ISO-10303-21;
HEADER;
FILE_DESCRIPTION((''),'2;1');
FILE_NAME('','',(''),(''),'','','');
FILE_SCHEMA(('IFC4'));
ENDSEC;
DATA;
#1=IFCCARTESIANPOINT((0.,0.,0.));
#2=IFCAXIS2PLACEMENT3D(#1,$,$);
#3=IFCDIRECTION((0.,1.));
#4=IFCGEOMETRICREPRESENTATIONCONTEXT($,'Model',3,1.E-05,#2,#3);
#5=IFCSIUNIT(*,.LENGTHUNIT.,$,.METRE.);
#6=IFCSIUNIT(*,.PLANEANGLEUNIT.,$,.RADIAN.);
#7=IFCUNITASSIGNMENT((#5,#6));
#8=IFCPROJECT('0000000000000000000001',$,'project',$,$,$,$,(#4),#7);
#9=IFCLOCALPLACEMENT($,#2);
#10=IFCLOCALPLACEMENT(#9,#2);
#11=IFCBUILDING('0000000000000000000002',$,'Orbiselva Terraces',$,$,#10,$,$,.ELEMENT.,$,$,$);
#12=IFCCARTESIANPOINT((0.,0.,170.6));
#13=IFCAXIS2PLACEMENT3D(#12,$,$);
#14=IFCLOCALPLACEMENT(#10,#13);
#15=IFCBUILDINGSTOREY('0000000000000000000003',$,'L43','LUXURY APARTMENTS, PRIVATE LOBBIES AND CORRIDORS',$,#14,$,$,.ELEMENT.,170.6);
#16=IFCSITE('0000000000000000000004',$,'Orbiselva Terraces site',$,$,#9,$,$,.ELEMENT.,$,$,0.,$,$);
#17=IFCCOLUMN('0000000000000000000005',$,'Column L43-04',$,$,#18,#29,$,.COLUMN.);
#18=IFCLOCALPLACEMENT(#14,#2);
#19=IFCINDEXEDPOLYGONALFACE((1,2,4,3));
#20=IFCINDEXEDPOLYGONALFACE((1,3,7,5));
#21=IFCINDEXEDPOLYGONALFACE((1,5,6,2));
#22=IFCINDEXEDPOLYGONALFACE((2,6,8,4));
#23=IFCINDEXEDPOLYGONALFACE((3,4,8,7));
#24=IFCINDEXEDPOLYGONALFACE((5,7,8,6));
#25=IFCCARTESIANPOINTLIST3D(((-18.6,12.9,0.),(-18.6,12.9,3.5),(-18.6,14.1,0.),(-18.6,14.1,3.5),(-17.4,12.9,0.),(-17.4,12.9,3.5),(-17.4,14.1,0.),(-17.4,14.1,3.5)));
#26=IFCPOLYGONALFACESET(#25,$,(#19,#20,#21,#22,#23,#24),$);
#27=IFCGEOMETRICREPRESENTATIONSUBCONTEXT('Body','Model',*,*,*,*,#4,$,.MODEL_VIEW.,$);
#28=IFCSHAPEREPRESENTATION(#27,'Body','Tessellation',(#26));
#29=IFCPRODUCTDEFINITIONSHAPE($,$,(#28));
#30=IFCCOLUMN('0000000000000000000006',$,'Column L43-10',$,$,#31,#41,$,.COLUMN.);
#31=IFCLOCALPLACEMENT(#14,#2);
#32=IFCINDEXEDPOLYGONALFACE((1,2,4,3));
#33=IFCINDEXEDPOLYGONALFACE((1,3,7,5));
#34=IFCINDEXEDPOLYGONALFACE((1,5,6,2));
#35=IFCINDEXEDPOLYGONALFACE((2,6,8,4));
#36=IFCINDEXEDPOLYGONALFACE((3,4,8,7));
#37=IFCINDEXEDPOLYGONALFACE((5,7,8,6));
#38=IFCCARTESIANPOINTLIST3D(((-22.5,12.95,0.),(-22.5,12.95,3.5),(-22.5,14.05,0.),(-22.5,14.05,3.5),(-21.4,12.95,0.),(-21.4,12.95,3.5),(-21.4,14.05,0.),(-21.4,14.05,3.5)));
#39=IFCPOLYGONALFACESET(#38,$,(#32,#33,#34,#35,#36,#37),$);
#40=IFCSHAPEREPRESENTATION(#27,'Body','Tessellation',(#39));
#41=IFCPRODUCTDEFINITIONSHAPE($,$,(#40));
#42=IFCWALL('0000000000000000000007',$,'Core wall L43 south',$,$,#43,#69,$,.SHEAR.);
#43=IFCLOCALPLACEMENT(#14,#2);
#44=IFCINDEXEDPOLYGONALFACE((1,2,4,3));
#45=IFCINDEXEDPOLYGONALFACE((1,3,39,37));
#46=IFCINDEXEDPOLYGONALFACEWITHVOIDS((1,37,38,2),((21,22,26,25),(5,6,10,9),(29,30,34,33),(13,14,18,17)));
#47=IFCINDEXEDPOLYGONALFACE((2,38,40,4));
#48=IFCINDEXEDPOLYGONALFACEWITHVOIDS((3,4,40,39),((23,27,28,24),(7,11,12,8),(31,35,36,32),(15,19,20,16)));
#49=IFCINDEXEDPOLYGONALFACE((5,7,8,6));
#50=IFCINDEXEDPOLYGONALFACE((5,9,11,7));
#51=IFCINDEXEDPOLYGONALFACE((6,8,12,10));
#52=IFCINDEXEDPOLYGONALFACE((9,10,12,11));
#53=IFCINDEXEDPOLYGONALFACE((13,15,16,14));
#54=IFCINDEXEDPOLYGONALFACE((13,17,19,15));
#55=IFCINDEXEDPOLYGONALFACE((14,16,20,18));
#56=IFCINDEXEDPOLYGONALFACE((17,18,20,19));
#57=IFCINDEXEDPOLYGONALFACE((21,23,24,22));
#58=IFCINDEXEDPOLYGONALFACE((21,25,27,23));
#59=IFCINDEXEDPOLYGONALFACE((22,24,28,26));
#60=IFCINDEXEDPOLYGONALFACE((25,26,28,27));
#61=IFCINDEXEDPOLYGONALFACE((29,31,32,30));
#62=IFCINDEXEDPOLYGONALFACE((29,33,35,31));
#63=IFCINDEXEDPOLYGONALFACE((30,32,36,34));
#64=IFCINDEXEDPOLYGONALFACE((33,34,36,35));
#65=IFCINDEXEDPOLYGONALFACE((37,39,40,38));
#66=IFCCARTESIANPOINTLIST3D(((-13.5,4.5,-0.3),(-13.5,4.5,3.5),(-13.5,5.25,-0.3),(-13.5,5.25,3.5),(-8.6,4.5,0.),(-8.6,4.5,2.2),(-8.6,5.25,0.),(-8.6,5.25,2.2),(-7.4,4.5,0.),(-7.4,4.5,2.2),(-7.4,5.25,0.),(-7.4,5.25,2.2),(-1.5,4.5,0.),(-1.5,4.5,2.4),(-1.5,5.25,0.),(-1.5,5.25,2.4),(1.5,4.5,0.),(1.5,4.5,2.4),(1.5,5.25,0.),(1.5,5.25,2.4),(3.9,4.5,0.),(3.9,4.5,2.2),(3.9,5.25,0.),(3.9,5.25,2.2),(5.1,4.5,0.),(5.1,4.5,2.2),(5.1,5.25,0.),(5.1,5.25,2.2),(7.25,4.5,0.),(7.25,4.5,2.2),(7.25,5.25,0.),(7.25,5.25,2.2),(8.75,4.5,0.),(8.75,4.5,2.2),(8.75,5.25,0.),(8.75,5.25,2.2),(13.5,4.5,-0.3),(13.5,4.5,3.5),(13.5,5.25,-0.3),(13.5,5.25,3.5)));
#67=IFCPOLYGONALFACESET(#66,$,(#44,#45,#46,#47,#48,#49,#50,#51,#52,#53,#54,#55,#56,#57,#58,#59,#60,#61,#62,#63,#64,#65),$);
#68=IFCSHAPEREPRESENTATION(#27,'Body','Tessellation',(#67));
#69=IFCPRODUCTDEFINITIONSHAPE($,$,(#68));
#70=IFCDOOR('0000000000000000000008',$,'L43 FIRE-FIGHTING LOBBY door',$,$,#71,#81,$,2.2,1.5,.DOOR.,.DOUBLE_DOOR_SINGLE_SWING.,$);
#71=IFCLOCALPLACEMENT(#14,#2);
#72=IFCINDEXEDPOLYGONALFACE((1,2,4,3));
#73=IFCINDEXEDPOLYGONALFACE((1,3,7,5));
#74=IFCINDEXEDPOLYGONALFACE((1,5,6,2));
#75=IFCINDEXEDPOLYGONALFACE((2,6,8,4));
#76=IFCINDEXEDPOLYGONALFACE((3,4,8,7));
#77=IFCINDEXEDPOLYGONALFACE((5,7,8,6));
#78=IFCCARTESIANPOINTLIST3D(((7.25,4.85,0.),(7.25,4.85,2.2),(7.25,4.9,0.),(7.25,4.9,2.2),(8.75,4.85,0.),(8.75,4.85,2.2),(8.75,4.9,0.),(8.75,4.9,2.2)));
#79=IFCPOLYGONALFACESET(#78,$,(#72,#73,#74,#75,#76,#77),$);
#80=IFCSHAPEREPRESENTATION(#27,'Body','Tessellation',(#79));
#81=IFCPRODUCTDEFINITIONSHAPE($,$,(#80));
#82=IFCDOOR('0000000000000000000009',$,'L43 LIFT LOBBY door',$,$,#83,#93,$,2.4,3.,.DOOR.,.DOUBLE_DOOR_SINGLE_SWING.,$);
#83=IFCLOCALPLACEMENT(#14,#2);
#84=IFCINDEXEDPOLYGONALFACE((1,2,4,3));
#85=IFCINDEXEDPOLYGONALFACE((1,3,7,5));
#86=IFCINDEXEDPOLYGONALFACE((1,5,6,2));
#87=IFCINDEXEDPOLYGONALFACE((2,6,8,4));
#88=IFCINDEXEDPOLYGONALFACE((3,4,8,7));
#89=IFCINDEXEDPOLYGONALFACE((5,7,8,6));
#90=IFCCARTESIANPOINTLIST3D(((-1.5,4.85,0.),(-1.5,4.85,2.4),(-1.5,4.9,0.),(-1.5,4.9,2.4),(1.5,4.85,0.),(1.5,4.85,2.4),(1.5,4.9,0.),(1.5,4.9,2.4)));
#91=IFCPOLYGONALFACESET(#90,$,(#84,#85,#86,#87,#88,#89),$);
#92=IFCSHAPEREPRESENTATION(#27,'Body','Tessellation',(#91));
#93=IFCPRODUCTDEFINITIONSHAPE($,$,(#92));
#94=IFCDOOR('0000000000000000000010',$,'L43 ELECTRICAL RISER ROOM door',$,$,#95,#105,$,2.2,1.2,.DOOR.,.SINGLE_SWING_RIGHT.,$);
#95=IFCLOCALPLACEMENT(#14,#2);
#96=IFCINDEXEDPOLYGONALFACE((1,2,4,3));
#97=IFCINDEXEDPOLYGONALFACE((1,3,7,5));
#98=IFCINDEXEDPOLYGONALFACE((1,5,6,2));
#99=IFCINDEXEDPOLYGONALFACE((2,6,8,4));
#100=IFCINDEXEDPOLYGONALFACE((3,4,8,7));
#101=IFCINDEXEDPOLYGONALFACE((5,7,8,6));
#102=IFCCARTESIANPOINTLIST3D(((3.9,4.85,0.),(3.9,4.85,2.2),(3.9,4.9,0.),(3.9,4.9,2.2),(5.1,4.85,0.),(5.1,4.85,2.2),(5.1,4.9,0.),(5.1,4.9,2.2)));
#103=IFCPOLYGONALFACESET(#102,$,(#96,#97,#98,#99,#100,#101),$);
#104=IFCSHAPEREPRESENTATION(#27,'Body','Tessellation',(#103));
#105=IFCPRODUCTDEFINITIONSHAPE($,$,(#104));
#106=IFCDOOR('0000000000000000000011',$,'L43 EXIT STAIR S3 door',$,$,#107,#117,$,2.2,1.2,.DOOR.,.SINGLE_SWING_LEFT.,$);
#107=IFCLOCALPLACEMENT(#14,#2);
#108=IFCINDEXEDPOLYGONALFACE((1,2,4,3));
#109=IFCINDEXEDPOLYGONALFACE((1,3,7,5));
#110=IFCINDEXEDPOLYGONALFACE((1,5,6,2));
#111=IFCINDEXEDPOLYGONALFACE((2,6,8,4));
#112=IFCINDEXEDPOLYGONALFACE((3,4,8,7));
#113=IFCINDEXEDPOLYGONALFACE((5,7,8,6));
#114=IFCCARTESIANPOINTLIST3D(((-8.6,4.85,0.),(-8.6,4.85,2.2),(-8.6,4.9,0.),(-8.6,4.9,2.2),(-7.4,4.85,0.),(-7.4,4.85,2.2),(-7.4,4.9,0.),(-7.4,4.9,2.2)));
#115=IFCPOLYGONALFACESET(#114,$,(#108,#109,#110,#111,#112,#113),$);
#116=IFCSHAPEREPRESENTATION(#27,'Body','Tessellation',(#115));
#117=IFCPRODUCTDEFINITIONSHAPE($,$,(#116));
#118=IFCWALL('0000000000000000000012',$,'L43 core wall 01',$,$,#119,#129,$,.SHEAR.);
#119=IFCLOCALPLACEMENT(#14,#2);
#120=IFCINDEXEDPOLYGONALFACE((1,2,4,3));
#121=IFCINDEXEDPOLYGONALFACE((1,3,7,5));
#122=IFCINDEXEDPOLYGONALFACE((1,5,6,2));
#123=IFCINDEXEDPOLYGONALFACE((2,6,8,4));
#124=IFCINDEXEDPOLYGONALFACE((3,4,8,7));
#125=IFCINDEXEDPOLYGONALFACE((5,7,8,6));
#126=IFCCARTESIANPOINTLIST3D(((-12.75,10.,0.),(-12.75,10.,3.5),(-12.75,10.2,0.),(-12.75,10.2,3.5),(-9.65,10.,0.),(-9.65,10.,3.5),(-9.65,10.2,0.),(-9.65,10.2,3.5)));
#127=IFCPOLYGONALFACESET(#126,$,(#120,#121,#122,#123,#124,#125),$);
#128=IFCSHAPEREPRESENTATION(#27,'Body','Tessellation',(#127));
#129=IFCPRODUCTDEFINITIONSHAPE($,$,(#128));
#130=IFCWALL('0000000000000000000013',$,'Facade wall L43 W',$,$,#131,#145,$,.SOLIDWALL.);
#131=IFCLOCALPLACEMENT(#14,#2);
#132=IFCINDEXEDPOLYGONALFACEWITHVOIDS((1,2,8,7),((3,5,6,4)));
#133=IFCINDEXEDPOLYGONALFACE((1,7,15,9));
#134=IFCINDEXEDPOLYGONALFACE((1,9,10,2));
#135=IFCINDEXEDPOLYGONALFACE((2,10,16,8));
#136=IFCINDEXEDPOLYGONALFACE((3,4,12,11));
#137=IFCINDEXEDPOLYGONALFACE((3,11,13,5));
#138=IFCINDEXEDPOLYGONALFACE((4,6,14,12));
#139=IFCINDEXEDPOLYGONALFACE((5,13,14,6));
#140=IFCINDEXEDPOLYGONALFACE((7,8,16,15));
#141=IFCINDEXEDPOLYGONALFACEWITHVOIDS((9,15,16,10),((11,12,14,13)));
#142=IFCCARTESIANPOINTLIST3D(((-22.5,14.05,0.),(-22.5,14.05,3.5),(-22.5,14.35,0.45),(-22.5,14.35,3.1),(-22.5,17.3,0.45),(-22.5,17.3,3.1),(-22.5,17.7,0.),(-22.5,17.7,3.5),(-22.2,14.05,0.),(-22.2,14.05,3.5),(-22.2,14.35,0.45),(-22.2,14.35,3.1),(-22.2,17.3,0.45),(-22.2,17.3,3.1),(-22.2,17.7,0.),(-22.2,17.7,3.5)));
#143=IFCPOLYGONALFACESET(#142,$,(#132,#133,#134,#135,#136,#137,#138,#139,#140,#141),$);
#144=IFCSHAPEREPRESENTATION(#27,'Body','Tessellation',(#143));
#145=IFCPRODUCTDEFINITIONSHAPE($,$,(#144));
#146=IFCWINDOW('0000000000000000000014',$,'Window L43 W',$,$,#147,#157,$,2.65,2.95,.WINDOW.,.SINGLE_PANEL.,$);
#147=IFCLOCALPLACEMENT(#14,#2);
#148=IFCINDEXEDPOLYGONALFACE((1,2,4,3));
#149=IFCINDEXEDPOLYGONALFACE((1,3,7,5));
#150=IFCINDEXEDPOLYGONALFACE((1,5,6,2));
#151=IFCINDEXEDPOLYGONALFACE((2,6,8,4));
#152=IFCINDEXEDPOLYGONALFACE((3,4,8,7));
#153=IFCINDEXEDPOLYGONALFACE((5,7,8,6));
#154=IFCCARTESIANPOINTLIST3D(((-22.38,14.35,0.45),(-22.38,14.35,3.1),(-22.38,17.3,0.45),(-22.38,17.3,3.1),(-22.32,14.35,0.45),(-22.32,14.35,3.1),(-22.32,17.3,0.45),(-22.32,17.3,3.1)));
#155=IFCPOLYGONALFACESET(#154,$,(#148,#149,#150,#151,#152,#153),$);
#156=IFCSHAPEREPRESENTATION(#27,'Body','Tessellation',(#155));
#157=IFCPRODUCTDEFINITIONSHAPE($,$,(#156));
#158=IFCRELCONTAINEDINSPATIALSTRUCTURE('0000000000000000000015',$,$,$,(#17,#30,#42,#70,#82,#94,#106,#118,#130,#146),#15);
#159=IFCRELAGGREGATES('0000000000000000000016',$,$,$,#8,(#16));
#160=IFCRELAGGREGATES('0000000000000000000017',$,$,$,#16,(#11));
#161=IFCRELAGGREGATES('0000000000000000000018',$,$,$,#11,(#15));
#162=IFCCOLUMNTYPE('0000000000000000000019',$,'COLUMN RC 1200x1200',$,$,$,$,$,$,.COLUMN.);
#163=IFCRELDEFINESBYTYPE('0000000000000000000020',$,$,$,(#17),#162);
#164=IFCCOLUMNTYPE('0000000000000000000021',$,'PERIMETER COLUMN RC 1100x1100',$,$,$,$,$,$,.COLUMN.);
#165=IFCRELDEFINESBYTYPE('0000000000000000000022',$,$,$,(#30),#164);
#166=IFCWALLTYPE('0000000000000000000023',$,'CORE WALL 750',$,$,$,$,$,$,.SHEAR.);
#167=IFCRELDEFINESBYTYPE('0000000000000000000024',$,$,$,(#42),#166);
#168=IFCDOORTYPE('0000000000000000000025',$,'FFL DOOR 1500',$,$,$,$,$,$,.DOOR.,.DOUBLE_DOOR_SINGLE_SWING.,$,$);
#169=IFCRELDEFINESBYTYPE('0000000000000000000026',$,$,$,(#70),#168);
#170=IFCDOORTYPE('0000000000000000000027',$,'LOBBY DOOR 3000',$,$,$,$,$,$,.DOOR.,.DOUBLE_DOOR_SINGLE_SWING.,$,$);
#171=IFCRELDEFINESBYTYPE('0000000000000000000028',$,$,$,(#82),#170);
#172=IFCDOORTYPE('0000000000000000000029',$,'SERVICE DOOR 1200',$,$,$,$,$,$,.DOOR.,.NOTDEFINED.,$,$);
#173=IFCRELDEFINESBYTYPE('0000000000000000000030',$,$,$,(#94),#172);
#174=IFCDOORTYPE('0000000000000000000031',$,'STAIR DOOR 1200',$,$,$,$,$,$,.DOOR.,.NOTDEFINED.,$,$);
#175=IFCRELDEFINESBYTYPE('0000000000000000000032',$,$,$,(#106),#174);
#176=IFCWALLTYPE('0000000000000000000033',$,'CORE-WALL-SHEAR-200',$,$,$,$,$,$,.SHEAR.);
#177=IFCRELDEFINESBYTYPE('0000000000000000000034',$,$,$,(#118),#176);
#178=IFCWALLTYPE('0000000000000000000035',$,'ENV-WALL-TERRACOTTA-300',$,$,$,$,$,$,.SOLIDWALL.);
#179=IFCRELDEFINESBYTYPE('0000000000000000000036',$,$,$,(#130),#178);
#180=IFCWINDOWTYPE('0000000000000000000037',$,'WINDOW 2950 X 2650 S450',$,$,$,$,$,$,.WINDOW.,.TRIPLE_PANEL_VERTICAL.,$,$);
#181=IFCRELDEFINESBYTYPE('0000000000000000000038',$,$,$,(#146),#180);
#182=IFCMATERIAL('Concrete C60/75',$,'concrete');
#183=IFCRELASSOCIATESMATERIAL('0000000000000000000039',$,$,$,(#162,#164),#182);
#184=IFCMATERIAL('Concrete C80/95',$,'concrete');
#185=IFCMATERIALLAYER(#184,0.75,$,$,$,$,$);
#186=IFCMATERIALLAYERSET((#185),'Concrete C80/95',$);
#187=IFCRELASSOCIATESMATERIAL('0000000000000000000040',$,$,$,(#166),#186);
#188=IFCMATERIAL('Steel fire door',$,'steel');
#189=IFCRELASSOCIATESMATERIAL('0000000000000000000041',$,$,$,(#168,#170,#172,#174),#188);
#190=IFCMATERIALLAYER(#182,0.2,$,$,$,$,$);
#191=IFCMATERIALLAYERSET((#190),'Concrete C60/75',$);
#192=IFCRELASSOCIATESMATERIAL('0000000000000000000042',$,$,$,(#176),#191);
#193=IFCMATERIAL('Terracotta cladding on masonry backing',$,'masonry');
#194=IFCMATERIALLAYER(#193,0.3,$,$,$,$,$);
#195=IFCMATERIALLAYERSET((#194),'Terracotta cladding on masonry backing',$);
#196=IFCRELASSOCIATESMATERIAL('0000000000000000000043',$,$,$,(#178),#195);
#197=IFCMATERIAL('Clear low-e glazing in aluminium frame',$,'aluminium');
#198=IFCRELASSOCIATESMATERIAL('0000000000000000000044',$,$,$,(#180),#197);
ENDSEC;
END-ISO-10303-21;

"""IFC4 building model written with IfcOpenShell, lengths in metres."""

from ifc_helpers import new_model, si_unit, direction, frame, frame_2d, origin, origin_2d, place, context, subcontext, project, spatial, rectangle, extrude, material, layer, layer_set, material_profile, profile_set, type_object, element, fill, save


model = new_model("IFC4")

# Units and contexts
model_context = context("Model", 3, precision=1e-05, world=origin(), true_north=direction((0.0, 1.0)))
body_context = subcontext(model_context, "Body", "Model", "MODEL_VIEW")
ifc_project = project(units=[si_unit("LENGTHUNIT", "METRE"), si_unit("PLANEANGLEUNIT", "RADIAN")], contexts=[model_context])

# Site, building, storey
site_placement = place(None, origin())
site = spatial("IfcSite", under=ifc_project, at=site_placement, Name="Orbiselva Terraces site", CompositionType="ELEMENT", RefElevation=0.0)
building_placement = place(site_placement, origin())
building = spatial("IfcBuilding", under=site, at=building_placement, Name="Orbiselva Terraces", CompositionType="ELEMENT")
storey_placement = place(building_placement, frame((0.0, 0.0, 170.6)))
storey = spatial("IfcBuildingStorey", under=building, at=storey_placement, Name="L43", Description="LUXURY APARTMENTS, PRIVATE LOBBIES AND CORRIDORS", CompositionType="ELEMENT", Elevation=170.6)

# Columns
ifc_material_1 = material(Name="Concrete C60/75", Category="concrete")
ifc_material_profile_1 = material_profile(ifc_material_1, rectangle(XDim=1.2, YDim=1.2, at=origin_2d()), Name="RC 1200x1200")
ifc_profile_set_1 = profile_set([ifc_material_profile_1], Name="Concrete C60/75")
column_type_1 = type_object("IfcColumnType", Name="COLUMN RC 1200x1200", PredefinedType="COLUMN", material=ifc_profile_set_1)
column_1_placement = place(storey_placement, frame((-18.0, 13.5, 0.0), z_axis=(0.0, 0.0, 1.0), x_axis=(1.0, 0.0, 0.0)))
element("IfcColumn", 1, at=column_1_placement, inside=storey, type_object=column_type_1, Name="Column L43-04", PredefinedType="COLUMN", context=body_context, shape_type="SweptSolid", body=[
    extrude(rectangle(XDim=1.2, YDim=1.2, at=origin_2d()), origin(), (0.0, 0.0, 1.0), 3.5),
])
ifc_material_profile_2 = material_profile(ifc_material_1, rectangle(XDim=1.1, YDim=1.1, at=origin_2d()), Name="RC 1100x1100")
ifc_profile_set_2 = profile_set([ifc_material_profile_2], Name="Concrete C60/75")
column_type_2 = type_object("IfcColumnType", Name="PERIMETER COLUMN RC 1100x1100", PredefinedType="COLUMN", material=ifc_profile_set_2)
column_2_placement = place(storey_placement, frame((-21.95, 13.5, 0.0), z_axis=(0.0, 0.0, 1.0), x_axis=(1.0, 0.0, 0.0)))
element("IfcColumn", 2, at=column_2_placement, inside=storey, type_object=column_type_2, Name="Column L43-10", PredefinedType="COLUMN", context=body_context, shape_type="SweptSolid", body=[
    extrude(rectangle(XDim=1.1, YDim=1.1, at=origin_2d()), origin(), (0.0, 0.0, 1.0), 3.5),
])

# Wall, openings, doors
ifc_material_2 = material(Name="Concrete C80/95", Category="concrete")
ifc_layer_1 = layer(ifc_material_2, 0.75)
ifc_layer_set_1 = layer_set([ifc_layer_1], Name="Concrete C80/95")
wall_type_1 = type_object("IfcWallType", Name="CORE WALL 750", PredefinedType="SHEAR", material=ifc_layer_set_1)
wall_1_placement = place(storey_placement, frame((-13.5, 4.875, -0.3), z_axis=(0.0, 0.0, 1.0), x_axis=(1.0, 0.0, 0.0)))
wall_1 = element("IfcWall", 3, at=wall_1_placement, inside=storey, type_object=wall_type_1, Name="Core wall L43 south", PredefinedType="SHEAR", context=body_context, shape_type="SweptSolid", body=[
    extrude(rectangle(XDim=27.0, YDim=0.75, at=frame_2d((13.5, 0.0))), origin(), (0.0, 0.0, 1.0), 3.8),
])
opening_1_placement = place(wall_1_placement, frame((12.0, 0.0, 0.3)))
opening_1 = element("IfcOpeningElement", 4, at=opening_1_placement, cuts=wall_1, PredefinedType="OPENING", context=body_context, shape_type="SweptSolid", body=[
    extrude(rectangle(XDim=3.0, YDim=2.4, at=frame_2d((1.5, 1.2))), frame((0.0, 0.385, 0.0), z_axis=(0.0, -1.0, 0.0), x_axis=(1.0, 0.0, 0.0)), (0.0, 0.0, 1.0), 0.77),
])
opening_2_placement = place(wall_1_placement, frame((4.9, 0.0, 0.3)))
opening_2 = element("IfcOpeningElement", 5, at=opening_2_placement, cuts=wall_1, PredefinedType="OPENING", context=body_context, shape_type="SweptSolid", body=[
    extrude(rectangle(XDim=1.2, YDim=2.2, at=frame_2d((0.6, 1.1))), frame((0.0, 0.385, 0.0), z_axis=(0.0, -1.0, 0.0), x_axis=(1.0, 0.0, 0.0)), (0.0, 0.0, 1.0), 0.77),
])
opening_3_placement = place(wall_1_placement, frame((20.75, 0.0, 0.3)))
opening_3 = element("IfcOpeningElement", 6, at=opening_3_placement, cuts=wall_1, PredefinedType="OPENING", context=body_context, shape_type="SweptSolid", body=[
    extrude(rectangle(XDim=1.5, YDim=2.2, at=frame_2d((0.75, 1.1))), frame((0.0, 0.385, 0.0), z_axis=(0.0, -1.0, 0.0), x_axis=(1.0, 0.0, 0.0)), (0.0, 0.0, 1.0), 0.77),
])
opening_4_placement = place(wall_1_placement, frame((17.4, 0.0, 0.3)))
opening_4 = element("IfcOpeningElement", 7, at=opening_4_placement, cuts=wall_1, PredefinedType="OPENING", context=body_context, shape_type="SweptSolid", body=[
    extrude(rectangle(XDim=1.2, YDim=2.2, at=frame_2d((0.6, 1.1))), frame((0.0, 0.385, 0.0), z_axis=(0.0, -1.0, 0.0), x_axis=(1.0, 0.0, 0.0)), (0.0, 0.0, 1.0), 0.77),
])
ifc_material_3 = material(Name="Steel fire door", Category="steel")
door_type_1 = type_object("IfcDoorType", Name="FFL DOOR 1500", OperationType="DOUBLE_DOOR_SINGLE_SWING", PredefinedType="DOOR", material=ifc_material_3)
door_1_placement = place(opening_3_placement, frame((1.5, 0.0, 0.0), z_axis=(0.0, 0.0, 1.0), x_axis=(-1.0, 0.0, 0.0)))
door_1 = element("IfcDoor", 8, at=door_1_placement, inside=storey, type_object=door_type_1, Name="L43 FIRE-FIGHTING LOBBY door", OperationType="DOUBLE_DOOR_SINGLE_SWING", OverallHeight=2.2, OverallWidth=1.5, PredefinedType="DOOR", context=body_context, shape_type="SweptSolid", body=[
    extrude(rectangle(XDim=1.5, YDim=2.2, at=frame_2d((0.75, 1.1))), frame((0.0, 0.025, 0.0), z_axis=(0.0, -1.0, 0.0), x_axis=(1.0, 0.0, 0.0)), (0.0, 0.0, 1.0), 0.05),
])
fill(opening_3, door_1)
door_type_2 = type_object("IfcDoorType", Name="LOBBY DOOR 3000", OperationType="DOUBLE_DOOR_SINGLE_SWING", PredefinedType="DOOR", material=ifc_material_3)
door_2_placement = place(opening_1_placement, frame((3.0, 0.0, 0.0), z_axis=(0.0, 0.0, 1.0), x_axis=(-1.0, 0.0, 0.0)))
door_2 = element("IfcDoor", 9, at=door_2_placement, inside=storey, type_object=door_type_2, Name="L43 LIFT LOBBY door", OperationType="DOUBLE_DOOR_SINGLE_SWING", OverallHeight=2.4, OverallWidth=3.0, PredefinedType="DOOR", context=body_context, shape_type="SweptSolid", body=[
    extrude(rectangle(XDim=3.0, YDim=2.4, at=frame_2d((1.5, 1.2))), frame((0.0, 0.025, 0.0), z_axis=(0.0, -1.0, 0.0), x_axis=(1.0, 0.0, 0.0)), (0.0, 0.0, 1.0), 0.05),
])
fill(opening_1, door_2)
door_type_3 = type_object("IfcDoorType", Name="SERVICE DOOR 1200", OperationType="NOTDEFINED", PredefinedType="DOOR", material=ifc_material_3)
door_3_placement = place(opening_4_placement, frame((1.2, 0.0, 0.0), z_axis=(0.0, 0.0, 1.0), x_axis=(-1.0, 0.0, 0.0)))
door_3 = element("IfcDoor", 10, at=door_3_placement, inside=storey, type_object=door_type_3, Name="L43 ELECTRICAL RISER ROOM door", OperationType="SINGLE_SWING_RIGHT", OverallHeight=2.2, OverallWidth=1.2, PredefinedType="DOOR", context=body_context, shape_type="SweptSolid", body=[
    extrude(rectangle(XDim=1.2, YDim=2.2, at=frame_2d((0.6, 1.1))), frame((0.0, 0.025, 0.0), z_axis=(0.0, -1.0, 0.0), x_axis=(1.0, 0.0, 0.0)), (0.0, 0.0, 1.0), 0.05),
])
fill(opening_4, door_3)
door_type_4 = type_object("IfcDoorType", Name="STAIR DOOR 1200", OperationType="NOTDEFINED", PredefinedType="DOOR", material=ifc_material_3)
door_4_placement = place(opening_2_placement, frame((1.2, 0.0, 0.0), z_axis=(0.0, 0.0, 1.0), x_axis=(-1.0, 0.0, 0.0)))
door_4 = element("IfcDoor", 11, at=door_4_placement, inside=storey, type_object=door_type_4, Name="L43 EXIT STAIR S3 door", OperationType="SINGLE_SWING_LEFT", OverallHeight=2.2, OverallWidth=1.2, PredefinedType="DOOR", context=body_context, shape_type="SweptSolid", body=[
    extrude(rectangle(XDim=1.2, YDim=2.2, at=frame_2d((0.6, 1.1))), frame((0.0, 0.025, 0.0), z_axis=(0.0, -1.0, 0.0), x_axis=(1.0, 0.0, 0.0)), (0.0, 0.0, 1.0), 0.05),
])
fill(opening_2, door_4)

# Wall
ifc_layer_2 = layer(ifc_material_1, 0.2)
ifc_layer_set_2 = layer_set([ifc_layer_2], Name="Concrete C60/75")
wall_type_2 = type_object("IfcWallType", Name="CORE-WALL-SHEAR-200", PredefinedType="SHEAR", material=ifc_layer_set_2)
wall_2_placement = place(storey_placement, frame((-12.75, 10.1, 0.0), z_axis=(0.0, 0.0, 1.0), x_axis=(1.0, 0.0, 0.0)))
element("IfcWall", 12, at=wall_2_placement, inside=storey, type_object=wall_type_2, Name="L43 core wall 01", PredefinedType="SHEAR", context=body_context, shape_type="SweptSolid", body=[
    extrude(rectangle(XDim=3.1, YDim=0.2, at=frame_2d((1.55, 0.0))), origin(), (0.0, 0.0, 1.0), 3.5),
])

# Wall, opening, window
ifc_material_4 = material(Name="Terracotta cladding on masonry backing", Category="masonry")
ifc_layer_3 = layer(ifc_material_4, 0.3)
ifc_layer_set_3 = layer_set([ifc_layer_3], Name="Terracotta cladding on masonry backing")
wall_type_3 = type_object("IfcWallType", Name="ENV-WALL-TERRACOTTA-300", PredefinedType="SOLIDWALL", material=ifc_layer_set_3)
wall_3_placement = place(storey_placement, frame((-22.35, 14.05, 0.0), z_axis=(0.0, 0.0, 1.0), x_axis=(0.0, 1.0, 0.0)))
wall_3 = element("IfcWall", 13, at=wall_3_placement, inside=storey, type_object=wall_type_3, Name="Facade wall L43 W", PredefinedType="SOLIDWALL", context=body_context, shape_type="SweptSolid", body=[
    extrude(rectangle(XDim=3.65, YDim=0.3, at=frame_2d((1.825, 0.0))), origin(), (0.0, 0.0, 1.0), 3.5),
])
opening_5_placement = place(wall_3_placement, frame((0.3, 0.0, 0.45)))
opening_5 = element("IfcOpeningElement", 14, at=opening_5_placement, cuts=wall_3, PredefinedType="OPENING", context=body_context, shape_type="SweptSolid", body=[
    extrude(rectangle(XDim=2.95, YDim=2.65, at=frame_2d((1.475, 1.325))), frame((0.0, 0.16, 0.0), z_axis=(0.0, -1.0, 0.0), x_axis=(1.0, 0.0, 0.0)), (0.0, 0.0, 1.0), 0.32),
])
ifc_material_5 = material(Name="Clear low-e glazing in aluminium frame", Category="aluminium")
window_type = type_object("IfcWindowType", Name="WINDOW 2950 X 2650 S450", PartitioningType="TRIPLE_PANEL_VERTICAL", PredefinedType="WINDOW", material=ifc_material_5)
window_1_placement = place(opening_5_placement, origin())
window_1 = element("IfcWindow", 15, at=window_1_placement, inside=storey, type_object=window_type, Name="Window L43 W", OverallHeight=2.65, OverallWidth=2.95, PartitioningType="SINGLE_PANEL", PredefinedType="WINDOW", context=body_context, shape_type="SweptSolid", body=[
    extrude(rectangle(XDim=2.95, YDim=2.65, at=frame_2d((1.475, 1.325))), frame((0.0, 0.03, 0.0), z_axis=(0.0, -1.0, 0.0), x_axis=(1.0, 0.0, 0.0)), (0.0, 0.0, 1.0), 0.06),
])
fill(opening_5, window_1)

save(model, "model.ifc")
